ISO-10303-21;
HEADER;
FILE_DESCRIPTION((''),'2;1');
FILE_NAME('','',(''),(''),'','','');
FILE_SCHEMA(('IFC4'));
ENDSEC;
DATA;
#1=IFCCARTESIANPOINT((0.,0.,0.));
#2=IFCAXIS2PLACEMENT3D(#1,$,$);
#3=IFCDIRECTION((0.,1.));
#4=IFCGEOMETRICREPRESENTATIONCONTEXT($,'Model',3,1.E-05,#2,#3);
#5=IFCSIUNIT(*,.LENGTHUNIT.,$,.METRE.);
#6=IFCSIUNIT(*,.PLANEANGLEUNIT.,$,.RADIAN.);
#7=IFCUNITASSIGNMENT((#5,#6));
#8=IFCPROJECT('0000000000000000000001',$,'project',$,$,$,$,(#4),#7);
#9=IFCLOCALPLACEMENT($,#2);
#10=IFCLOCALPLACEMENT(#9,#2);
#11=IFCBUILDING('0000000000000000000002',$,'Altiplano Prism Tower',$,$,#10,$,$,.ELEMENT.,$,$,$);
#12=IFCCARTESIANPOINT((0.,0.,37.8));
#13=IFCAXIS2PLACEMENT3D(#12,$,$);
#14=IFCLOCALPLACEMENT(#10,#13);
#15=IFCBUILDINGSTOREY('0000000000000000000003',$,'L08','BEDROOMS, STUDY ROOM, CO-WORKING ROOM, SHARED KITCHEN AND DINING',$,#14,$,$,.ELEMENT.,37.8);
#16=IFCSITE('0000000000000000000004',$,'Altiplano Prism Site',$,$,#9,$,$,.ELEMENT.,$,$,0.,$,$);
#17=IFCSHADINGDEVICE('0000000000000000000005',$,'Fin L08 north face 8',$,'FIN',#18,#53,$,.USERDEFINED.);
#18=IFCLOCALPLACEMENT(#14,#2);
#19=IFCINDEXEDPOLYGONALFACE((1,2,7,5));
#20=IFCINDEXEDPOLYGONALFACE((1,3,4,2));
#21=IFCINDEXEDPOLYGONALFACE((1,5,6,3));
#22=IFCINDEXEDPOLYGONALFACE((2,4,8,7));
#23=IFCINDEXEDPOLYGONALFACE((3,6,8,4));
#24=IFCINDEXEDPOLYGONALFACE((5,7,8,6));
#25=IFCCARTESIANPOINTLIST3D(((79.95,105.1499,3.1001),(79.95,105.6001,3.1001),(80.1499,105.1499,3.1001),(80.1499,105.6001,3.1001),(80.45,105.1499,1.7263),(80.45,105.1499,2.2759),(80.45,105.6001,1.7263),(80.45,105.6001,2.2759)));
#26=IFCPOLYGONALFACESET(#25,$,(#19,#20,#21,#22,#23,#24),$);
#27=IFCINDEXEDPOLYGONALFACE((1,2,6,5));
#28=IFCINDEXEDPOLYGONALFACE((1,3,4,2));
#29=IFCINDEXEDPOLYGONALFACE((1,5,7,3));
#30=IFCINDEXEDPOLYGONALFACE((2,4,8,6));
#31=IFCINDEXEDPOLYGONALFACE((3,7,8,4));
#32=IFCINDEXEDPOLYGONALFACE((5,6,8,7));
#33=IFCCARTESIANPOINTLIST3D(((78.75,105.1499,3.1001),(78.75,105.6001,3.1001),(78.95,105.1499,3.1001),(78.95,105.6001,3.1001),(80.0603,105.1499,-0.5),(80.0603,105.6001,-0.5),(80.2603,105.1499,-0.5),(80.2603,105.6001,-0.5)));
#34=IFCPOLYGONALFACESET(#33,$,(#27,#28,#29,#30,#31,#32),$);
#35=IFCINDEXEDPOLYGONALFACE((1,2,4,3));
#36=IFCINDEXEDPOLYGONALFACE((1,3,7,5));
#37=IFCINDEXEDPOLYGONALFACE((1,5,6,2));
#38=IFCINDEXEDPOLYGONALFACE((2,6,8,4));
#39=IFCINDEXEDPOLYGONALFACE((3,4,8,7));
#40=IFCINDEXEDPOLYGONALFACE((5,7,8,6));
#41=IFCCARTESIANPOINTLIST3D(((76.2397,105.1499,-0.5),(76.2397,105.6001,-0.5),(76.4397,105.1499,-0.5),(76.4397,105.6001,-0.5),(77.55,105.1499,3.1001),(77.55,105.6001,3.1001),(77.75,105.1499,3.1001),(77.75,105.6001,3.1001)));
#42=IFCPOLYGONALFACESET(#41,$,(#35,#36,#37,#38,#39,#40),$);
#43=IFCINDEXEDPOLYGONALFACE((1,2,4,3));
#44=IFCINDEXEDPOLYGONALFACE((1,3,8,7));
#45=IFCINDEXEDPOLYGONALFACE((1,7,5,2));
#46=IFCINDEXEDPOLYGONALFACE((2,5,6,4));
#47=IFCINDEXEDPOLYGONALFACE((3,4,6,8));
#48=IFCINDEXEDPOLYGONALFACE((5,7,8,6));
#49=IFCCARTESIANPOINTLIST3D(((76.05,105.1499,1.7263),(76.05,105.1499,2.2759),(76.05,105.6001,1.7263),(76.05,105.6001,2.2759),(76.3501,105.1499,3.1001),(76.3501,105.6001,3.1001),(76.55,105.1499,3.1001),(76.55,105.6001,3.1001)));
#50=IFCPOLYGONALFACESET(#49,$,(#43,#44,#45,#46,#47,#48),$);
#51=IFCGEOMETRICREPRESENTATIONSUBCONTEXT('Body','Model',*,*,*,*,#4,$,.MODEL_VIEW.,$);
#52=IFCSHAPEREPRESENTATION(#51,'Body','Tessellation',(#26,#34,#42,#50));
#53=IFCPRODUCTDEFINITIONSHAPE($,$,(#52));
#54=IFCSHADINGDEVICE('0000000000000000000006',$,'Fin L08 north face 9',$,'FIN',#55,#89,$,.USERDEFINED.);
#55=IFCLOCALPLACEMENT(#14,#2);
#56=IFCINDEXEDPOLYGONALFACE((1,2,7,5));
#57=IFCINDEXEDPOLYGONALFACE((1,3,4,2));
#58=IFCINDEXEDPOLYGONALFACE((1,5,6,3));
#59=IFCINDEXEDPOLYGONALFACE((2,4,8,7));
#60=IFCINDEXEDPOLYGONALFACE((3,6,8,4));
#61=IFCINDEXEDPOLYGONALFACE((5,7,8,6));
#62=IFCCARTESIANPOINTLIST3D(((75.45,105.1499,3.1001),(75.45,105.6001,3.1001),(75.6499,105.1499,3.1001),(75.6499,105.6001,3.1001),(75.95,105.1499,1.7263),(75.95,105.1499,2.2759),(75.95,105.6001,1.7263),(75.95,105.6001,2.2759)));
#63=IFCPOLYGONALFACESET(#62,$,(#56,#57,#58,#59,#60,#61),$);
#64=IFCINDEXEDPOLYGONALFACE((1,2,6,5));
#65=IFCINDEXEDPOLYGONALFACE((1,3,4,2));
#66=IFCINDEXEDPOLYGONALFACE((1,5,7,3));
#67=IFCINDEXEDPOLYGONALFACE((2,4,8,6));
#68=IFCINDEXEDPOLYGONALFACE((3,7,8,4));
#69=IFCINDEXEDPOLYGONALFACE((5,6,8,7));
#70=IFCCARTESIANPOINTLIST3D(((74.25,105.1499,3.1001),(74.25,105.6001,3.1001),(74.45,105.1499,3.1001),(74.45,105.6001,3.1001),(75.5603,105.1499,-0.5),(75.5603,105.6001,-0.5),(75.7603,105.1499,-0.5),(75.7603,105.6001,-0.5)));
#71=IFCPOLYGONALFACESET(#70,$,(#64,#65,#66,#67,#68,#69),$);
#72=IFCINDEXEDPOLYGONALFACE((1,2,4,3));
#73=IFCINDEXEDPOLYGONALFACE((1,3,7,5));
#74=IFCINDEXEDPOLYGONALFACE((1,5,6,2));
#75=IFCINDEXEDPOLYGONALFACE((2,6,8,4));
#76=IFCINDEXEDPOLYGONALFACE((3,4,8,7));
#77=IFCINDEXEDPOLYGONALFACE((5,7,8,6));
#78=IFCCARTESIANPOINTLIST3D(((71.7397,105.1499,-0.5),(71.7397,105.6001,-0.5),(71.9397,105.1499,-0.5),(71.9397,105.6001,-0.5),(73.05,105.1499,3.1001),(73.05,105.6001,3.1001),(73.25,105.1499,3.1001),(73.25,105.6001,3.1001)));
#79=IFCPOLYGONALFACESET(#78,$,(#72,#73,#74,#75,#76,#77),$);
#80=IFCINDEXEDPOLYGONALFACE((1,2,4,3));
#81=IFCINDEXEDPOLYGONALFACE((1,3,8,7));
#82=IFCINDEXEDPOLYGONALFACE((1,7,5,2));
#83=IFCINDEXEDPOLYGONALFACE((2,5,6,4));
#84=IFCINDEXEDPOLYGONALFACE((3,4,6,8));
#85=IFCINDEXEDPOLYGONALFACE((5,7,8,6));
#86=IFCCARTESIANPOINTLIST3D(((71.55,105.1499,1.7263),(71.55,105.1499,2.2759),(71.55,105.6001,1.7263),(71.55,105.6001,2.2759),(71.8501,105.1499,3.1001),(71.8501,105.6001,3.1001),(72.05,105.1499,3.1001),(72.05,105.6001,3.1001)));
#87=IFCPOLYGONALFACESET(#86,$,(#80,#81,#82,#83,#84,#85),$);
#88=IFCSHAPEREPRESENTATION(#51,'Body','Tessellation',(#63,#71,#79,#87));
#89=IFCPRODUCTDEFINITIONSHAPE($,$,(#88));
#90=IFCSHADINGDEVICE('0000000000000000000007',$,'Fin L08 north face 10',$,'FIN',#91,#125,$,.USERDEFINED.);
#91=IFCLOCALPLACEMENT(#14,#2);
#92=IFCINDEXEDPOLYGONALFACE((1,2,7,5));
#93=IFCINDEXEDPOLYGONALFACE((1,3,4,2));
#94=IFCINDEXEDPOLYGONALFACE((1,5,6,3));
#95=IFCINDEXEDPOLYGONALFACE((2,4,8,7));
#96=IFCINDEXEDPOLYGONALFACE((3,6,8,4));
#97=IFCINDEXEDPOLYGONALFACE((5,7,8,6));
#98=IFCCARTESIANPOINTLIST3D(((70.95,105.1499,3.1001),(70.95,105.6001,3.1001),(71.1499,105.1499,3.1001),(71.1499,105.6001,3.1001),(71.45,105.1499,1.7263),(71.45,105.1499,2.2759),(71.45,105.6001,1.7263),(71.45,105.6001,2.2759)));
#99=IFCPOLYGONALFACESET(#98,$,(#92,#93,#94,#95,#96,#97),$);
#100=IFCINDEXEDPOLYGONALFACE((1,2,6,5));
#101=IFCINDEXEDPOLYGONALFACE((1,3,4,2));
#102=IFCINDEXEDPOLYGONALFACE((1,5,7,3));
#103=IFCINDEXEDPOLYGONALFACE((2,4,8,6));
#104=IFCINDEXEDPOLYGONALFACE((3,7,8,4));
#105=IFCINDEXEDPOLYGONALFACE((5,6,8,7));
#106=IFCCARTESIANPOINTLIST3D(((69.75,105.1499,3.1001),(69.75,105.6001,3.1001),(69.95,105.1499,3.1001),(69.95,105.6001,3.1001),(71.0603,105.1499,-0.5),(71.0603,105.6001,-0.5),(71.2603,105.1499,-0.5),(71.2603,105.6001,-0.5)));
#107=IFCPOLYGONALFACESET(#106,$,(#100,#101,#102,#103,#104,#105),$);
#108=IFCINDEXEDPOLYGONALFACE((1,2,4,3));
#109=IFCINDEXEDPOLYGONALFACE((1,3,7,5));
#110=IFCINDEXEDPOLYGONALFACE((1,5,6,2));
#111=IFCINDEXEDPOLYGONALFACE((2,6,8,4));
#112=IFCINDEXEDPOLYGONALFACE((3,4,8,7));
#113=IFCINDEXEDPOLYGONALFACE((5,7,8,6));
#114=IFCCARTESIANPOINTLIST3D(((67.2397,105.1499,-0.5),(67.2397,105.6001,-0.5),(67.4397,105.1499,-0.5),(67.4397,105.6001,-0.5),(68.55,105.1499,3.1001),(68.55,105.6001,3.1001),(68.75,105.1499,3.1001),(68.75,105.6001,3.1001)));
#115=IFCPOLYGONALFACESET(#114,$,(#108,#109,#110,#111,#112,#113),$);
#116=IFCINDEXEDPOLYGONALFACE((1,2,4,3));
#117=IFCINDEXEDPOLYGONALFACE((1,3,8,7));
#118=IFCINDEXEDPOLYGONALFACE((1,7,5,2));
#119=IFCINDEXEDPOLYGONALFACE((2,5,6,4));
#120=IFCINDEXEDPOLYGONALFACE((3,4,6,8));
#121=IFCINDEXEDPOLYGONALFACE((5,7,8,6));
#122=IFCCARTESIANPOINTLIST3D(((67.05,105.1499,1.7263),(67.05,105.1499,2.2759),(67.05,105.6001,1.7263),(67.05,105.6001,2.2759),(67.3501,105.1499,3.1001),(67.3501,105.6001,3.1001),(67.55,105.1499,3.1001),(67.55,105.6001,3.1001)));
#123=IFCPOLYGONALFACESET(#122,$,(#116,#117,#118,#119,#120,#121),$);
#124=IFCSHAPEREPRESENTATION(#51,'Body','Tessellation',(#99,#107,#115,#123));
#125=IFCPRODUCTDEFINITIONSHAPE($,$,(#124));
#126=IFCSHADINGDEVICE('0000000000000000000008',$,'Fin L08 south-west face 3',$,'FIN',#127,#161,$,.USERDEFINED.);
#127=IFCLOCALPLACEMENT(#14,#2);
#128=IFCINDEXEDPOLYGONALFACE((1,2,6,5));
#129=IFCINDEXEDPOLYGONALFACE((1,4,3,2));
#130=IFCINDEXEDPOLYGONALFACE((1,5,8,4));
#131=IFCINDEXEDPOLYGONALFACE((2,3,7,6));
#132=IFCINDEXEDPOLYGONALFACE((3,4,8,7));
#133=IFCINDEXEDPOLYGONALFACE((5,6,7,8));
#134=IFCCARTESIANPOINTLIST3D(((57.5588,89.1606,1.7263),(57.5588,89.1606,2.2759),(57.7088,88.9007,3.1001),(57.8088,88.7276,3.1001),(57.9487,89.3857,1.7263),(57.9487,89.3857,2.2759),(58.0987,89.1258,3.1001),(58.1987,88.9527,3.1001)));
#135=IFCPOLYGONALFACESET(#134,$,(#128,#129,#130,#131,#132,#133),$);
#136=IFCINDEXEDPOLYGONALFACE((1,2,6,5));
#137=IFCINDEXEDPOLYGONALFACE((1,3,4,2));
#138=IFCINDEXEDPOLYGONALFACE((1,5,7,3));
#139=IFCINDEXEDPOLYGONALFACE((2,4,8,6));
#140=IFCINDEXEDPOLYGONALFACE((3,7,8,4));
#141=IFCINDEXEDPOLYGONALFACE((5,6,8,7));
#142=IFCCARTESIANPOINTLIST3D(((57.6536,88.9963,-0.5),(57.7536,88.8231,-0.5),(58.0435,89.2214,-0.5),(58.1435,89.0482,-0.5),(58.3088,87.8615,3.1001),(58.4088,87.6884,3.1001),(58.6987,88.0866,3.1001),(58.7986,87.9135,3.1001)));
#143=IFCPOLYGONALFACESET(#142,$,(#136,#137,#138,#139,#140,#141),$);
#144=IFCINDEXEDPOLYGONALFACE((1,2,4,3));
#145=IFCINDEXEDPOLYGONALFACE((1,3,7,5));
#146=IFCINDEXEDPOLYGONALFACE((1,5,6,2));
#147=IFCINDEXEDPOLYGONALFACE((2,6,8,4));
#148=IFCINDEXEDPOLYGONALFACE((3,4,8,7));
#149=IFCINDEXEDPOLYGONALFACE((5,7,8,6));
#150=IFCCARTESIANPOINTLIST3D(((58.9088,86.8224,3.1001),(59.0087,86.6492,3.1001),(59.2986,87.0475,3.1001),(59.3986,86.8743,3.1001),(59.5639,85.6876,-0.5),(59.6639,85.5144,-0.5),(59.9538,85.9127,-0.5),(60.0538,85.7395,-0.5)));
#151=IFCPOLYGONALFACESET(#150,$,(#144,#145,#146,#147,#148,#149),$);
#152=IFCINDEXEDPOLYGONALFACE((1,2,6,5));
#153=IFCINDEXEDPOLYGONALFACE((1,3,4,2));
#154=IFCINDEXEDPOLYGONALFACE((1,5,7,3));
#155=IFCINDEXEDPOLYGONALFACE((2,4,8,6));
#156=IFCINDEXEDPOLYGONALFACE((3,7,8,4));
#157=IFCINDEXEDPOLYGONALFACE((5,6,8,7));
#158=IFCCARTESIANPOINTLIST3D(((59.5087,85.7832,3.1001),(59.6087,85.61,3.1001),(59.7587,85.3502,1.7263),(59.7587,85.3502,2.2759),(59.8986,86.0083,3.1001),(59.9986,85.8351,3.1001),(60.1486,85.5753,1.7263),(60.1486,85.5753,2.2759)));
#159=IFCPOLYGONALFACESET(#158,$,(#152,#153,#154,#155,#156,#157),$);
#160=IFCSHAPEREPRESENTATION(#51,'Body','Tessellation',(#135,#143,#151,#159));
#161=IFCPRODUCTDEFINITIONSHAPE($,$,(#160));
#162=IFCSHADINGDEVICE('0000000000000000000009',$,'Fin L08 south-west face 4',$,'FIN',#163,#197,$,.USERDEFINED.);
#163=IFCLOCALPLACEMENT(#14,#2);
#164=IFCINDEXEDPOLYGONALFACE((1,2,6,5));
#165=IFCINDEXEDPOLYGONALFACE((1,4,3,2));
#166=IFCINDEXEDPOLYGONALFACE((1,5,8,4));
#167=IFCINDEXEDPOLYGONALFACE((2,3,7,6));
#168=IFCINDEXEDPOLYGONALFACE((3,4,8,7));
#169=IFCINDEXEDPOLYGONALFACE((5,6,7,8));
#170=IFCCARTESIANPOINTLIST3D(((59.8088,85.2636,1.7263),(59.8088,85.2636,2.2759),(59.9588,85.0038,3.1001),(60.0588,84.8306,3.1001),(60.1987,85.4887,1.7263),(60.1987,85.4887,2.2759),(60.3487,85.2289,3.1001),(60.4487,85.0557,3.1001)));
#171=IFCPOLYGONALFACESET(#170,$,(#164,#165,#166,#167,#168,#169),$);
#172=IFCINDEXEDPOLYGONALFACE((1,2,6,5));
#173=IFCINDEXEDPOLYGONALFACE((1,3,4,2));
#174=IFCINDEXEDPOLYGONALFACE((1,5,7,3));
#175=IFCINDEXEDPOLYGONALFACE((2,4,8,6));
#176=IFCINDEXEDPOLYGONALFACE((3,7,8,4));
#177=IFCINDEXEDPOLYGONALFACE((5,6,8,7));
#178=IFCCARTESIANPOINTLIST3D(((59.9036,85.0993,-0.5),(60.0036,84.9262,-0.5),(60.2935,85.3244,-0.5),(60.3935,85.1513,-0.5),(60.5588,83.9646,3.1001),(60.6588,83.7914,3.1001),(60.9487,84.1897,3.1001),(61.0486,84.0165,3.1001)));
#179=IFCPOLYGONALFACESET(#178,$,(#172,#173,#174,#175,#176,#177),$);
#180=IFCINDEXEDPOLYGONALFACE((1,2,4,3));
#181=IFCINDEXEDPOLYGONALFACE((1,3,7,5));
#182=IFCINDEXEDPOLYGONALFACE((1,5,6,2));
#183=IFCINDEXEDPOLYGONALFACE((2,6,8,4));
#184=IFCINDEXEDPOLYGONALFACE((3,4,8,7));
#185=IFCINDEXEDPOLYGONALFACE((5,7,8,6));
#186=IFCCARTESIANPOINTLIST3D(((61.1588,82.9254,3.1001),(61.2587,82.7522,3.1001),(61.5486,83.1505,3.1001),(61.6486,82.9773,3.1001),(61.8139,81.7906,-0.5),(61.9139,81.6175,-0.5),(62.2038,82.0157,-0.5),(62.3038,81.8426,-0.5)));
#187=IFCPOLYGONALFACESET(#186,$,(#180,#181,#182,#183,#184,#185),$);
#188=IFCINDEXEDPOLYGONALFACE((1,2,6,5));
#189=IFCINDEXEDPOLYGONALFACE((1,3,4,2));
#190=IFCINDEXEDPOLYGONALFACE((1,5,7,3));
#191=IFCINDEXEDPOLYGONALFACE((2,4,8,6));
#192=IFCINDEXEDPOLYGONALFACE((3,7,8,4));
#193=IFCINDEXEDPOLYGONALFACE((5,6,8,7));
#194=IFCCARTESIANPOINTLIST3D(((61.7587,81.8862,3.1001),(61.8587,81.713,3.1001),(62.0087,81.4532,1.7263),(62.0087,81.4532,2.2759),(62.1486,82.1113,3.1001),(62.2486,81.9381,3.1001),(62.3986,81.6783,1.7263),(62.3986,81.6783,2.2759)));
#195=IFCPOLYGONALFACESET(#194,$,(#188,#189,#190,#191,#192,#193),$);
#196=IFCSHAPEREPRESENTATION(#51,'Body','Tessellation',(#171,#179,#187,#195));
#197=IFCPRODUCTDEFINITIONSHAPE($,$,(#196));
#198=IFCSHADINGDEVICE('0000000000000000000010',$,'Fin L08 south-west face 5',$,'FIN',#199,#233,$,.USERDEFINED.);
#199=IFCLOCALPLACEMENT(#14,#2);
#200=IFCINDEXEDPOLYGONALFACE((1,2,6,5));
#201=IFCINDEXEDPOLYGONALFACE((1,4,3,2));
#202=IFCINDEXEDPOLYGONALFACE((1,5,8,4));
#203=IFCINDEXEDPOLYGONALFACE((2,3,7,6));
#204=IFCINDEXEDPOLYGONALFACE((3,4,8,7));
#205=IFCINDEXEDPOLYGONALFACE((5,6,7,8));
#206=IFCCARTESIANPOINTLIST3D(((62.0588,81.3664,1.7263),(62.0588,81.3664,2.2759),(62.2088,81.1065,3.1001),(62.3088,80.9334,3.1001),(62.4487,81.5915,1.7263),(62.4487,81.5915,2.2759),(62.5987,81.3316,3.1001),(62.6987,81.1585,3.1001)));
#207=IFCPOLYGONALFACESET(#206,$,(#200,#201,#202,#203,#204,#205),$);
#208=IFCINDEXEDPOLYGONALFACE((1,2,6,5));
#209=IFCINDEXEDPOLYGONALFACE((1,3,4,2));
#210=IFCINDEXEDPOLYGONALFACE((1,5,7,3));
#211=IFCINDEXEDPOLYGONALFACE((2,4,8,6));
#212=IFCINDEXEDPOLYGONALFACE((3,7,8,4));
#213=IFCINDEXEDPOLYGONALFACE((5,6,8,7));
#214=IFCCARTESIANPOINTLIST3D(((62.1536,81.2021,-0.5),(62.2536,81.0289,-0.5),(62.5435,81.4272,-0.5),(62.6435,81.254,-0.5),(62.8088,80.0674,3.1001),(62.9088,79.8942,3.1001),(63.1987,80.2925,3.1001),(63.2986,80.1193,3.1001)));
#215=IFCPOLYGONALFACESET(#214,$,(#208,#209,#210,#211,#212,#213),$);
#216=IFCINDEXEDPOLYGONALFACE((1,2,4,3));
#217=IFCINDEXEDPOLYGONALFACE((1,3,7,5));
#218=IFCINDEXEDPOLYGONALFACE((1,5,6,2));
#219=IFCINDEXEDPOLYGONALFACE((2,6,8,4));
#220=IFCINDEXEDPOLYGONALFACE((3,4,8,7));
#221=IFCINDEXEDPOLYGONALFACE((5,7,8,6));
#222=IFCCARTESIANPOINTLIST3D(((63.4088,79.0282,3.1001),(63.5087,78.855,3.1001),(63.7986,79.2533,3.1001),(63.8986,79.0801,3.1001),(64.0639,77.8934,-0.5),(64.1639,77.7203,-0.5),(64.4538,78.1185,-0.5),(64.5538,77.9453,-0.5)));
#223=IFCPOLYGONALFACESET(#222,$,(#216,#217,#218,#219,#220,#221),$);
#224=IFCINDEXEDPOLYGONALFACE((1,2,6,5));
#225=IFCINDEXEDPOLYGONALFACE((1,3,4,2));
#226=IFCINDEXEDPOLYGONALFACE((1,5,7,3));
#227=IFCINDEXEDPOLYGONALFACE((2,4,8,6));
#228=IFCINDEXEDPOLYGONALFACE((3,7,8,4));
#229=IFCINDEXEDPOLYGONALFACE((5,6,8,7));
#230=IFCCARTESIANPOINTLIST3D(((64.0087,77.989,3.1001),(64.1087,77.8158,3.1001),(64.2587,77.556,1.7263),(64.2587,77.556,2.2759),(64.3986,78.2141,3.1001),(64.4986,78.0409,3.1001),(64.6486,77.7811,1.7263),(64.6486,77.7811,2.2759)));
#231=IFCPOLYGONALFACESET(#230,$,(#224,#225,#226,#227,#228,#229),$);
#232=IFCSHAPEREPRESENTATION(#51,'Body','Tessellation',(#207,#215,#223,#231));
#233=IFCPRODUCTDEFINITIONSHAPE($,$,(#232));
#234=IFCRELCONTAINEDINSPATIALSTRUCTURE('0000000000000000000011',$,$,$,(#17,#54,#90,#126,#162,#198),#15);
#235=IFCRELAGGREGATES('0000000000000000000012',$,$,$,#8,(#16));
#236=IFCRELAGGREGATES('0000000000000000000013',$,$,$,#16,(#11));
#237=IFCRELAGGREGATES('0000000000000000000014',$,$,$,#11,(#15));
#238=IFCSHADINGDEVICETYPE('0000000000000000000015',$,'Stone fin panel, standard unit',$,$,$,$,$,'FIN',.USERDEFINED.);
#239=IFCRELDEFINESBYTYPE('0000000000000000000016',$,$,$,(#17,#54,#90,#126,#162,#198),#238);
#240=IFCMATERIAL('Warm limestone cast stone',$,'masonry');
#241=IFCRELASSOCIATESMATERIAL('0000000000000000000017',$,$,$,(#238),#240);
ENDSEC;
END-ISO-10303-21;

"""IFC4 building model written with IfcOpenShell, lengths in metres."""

from ifc_helpers import new_model, si_unit, direction, frame, origin, place, context, subcontext, project, spatial, polyline, outline, extrude, source, transform, mapped, material, type_object, element, save


model = new_model("IFC4")

# Units and contexts
model_context = context("Model", 3, precision=1e-05, world=origin(), true_north=direction((0.0, 1.0)))
body_context = subcontext(model_context, "Body", "Model", "MODEL_VIEW")
ifc_project = project(units=[si_unit("LENGTHUNIT", "METRE"), si_unit("PLANEANGLEUNIT", "RADIAN")], contexts=[model_context])

# Site, building, storey
site_placement = place(None, origin())
site = spatial("IfcSite", under=ifc_project, at=site_placement, Name="Altiplano Prism Site", CompositionType="ELEMENT", RefElevation=0.0)
building_placement = place(site_placement, origin())
building = spatial("IfcBuilding", under=site, at=building_placement, Name="Altiplano Prism Tower", CompositionType="ELEMENT")
storey_placement = place(building_placement, frame((0.0, 0.0, 37.8)))
storey = spatial("IfcBuildingStorey", under=building, at=storey_placement, Name="L08", Description="BEDROOMS, STUDY ROOM, CO-WORKING ROOM, SHARED KITCHEN AND DINING", CompositionType="ELEMENT", Elevation=37.8)

# Shading devices
ifc_material_1 = material(Name="Warm limestone cast stone", Category="masonry")
shading_device_type_1 = type_object("IfcShadingDeviceType", Name="Stone fin panel, standard unit", ElementType="FIN", PredefinedType="USERDEFINED", material=ifc_material_1)
shared_shape_1 = source(origin(), body_context, "Body", "SweptSolid", [
    extrude(outline(polyline([(-2.2, 2.2263), (-1.7, 3.6001), (-1.8999, 3.6001), (-2.2, 2.7759), (-2.2, 2.2263)])), frame((0.0, -0.1499, 0.0), z_axis=(0.0, -1.0, 0.0), x_axis=(1.0, 0.0, 0.0)), (0.0, 0.0, 1.0), 0.4502),
    extrude(outline(polyline([(-2.0103, 0.0), (-1.8103, 0.0), (-0.5, 3.6001), (-0.7, 3.6001), (-2.0103, 0.0)])), frame((0.0, -0.1499, 0.0), z_axis=(0.0, -1.0, 0.0), x_axis=(1.0, 0.0, 0.0)), (0.0, 0.0, 1.0), 0.4502),
    extrude(outline(polyline([(1.8103, 0.0), (2.0103, 0.0), (0.7, 3.6001), (0.5, 3.6001), (1.8103, 0.0)])), frame((0.0, -0.1499, 0.0), z_axis=(0.0, -1.0, 0.0), x_axis=(1.0, 0.0, 0.0)), (0.0, 0.0, 1.0), 0.4502),
    extrude(outline(polyline([(2.2, 2.7759), (1.8999, 3.6001), (1.7, 3.6001), (2.2, 2.2263), (2.2, 2.7759)])), frame((0.0, -0.1499, 0.0), z_axis=(0.0, -1.0, 0.0), x_axis=(1.0, 0.0, 0.0)), (0.0, 0.0, 1.0), 0.4502),
])
shading_device_1_placement = place(storey_placement, origin())
element("IfcShadingDevice", 1, at=shading_device_1_placement, inside=storey, type_object=shading_device_type_1, Name="Fin L08 north face 8", ObjectType="FIN", PredefinedType="USERDEFINED", context=body_context, shape_type="MappedRepresentation", body=[
    mapped(shared_shape_1, transform((78.25, 105.0, -0.5), x_axis=(-1.0, 0.0, 0.0), y_axis=(0.0, -1.0, 0.0), z_axis=(0.0, 0.0, 1.0))),
])
shading_device_2_placement = place(storey_placement, origin())
element("IfcShadingDevice", 2, at=shading_device_2_placement, inside=storey, type_object=shading_device_type_1, Name="Fin L08 north face 9", ObjectType="FIN", PredefinedType="USERDEFINED", context=body_context, shape_type="MappedRepresentation", body=[
    mapped(shared_shape_1, transform((73.75, 105.0, -0.5), x_axis=(-1.0, 0.0, 0.0), y_axis=(0.0, -1.0, 0.0), z_axis=(0.0, 0.0, 1.0))),
])
shading_device_3_placement = place(storey_placement, origin())
element("IfcShadingDevice", 3, at=shading_device_3_placement, inside=storey, type_object=shading_device_type_1, Name="Fin L08 north face 10", ObjectType="FIN", PredefinedType="USERDEFINED", context=body_context, shape_type="MappedRepresentation", body=[
    mapped(shared_shape_1, transform((69.25, 105.0, -0.5), x_axis=(-1.0, 0.0, 0.0), y_axis=(0.0, -1.0, 0.0), z_axis=(0.0, 0.0, 1.0))),
])
shading_device_4_placement = place(storey_placement, origin())
element("IfcShadingDevice", 4, at=shading_device_4_placement, inside=storey, type_object=shading_device_type_1, Name="Fin L08 south-west face 3", ObjectType="FIN", PredefinedType="USERDEFINED", context=body_context, shape_type="MappedRepresentation", body=[
    mapped(shared_shape_1, transform((59.1785, 87.5554, -0.5), x_axis=(0.5, -0.866025, 0.0), y_axis=(0.866025, 0.5, 0.0), z_axis=(0.0, 0.0, 1.0))),
])
shading_device_5_placement = place(storey_placement, origin())
element("IfcShadingDevice", 5, at=shading_device_5_placement, inside=storey, type_object=shading_device_type_1, Name="Fin L08 south-west face 4", ObjectType="FIN", PredefinedType="USERDEFINED", context=body_context, shape_type="MappedRepresentation", body=[
    mapped(shared_shape_1, transform((61.4285, 83.6584, -0.5), x_axis=(0.5, -0.866025, 0.0), y_axis=(0.866025, 0.5, 0.0), z_axis=(0.0, 0.0, 1.0))),
])
shading_device_6_placement = place(storey_placement, origin())
element("IfcShadingDevice", 6, at=shading_device_6_placement, inside=storey, type_object=shading_device_type_1, Name="Fin L08 south-west face 5", ObjectType="FIN", PredefinedType="USERDEFINED", context=body_context, shape_type="MappedRepresentation", body=[
    mapped(shared_shape_1, transform((63.6785, 79.7612, -0.5), x_axis=(0.5, -0.866025, 0.0), y_axis=(0.866025, 0.5, 0.0), z_axis=(0.0, 0.0, 1.0))),
])

save(model, "model.ifc")
